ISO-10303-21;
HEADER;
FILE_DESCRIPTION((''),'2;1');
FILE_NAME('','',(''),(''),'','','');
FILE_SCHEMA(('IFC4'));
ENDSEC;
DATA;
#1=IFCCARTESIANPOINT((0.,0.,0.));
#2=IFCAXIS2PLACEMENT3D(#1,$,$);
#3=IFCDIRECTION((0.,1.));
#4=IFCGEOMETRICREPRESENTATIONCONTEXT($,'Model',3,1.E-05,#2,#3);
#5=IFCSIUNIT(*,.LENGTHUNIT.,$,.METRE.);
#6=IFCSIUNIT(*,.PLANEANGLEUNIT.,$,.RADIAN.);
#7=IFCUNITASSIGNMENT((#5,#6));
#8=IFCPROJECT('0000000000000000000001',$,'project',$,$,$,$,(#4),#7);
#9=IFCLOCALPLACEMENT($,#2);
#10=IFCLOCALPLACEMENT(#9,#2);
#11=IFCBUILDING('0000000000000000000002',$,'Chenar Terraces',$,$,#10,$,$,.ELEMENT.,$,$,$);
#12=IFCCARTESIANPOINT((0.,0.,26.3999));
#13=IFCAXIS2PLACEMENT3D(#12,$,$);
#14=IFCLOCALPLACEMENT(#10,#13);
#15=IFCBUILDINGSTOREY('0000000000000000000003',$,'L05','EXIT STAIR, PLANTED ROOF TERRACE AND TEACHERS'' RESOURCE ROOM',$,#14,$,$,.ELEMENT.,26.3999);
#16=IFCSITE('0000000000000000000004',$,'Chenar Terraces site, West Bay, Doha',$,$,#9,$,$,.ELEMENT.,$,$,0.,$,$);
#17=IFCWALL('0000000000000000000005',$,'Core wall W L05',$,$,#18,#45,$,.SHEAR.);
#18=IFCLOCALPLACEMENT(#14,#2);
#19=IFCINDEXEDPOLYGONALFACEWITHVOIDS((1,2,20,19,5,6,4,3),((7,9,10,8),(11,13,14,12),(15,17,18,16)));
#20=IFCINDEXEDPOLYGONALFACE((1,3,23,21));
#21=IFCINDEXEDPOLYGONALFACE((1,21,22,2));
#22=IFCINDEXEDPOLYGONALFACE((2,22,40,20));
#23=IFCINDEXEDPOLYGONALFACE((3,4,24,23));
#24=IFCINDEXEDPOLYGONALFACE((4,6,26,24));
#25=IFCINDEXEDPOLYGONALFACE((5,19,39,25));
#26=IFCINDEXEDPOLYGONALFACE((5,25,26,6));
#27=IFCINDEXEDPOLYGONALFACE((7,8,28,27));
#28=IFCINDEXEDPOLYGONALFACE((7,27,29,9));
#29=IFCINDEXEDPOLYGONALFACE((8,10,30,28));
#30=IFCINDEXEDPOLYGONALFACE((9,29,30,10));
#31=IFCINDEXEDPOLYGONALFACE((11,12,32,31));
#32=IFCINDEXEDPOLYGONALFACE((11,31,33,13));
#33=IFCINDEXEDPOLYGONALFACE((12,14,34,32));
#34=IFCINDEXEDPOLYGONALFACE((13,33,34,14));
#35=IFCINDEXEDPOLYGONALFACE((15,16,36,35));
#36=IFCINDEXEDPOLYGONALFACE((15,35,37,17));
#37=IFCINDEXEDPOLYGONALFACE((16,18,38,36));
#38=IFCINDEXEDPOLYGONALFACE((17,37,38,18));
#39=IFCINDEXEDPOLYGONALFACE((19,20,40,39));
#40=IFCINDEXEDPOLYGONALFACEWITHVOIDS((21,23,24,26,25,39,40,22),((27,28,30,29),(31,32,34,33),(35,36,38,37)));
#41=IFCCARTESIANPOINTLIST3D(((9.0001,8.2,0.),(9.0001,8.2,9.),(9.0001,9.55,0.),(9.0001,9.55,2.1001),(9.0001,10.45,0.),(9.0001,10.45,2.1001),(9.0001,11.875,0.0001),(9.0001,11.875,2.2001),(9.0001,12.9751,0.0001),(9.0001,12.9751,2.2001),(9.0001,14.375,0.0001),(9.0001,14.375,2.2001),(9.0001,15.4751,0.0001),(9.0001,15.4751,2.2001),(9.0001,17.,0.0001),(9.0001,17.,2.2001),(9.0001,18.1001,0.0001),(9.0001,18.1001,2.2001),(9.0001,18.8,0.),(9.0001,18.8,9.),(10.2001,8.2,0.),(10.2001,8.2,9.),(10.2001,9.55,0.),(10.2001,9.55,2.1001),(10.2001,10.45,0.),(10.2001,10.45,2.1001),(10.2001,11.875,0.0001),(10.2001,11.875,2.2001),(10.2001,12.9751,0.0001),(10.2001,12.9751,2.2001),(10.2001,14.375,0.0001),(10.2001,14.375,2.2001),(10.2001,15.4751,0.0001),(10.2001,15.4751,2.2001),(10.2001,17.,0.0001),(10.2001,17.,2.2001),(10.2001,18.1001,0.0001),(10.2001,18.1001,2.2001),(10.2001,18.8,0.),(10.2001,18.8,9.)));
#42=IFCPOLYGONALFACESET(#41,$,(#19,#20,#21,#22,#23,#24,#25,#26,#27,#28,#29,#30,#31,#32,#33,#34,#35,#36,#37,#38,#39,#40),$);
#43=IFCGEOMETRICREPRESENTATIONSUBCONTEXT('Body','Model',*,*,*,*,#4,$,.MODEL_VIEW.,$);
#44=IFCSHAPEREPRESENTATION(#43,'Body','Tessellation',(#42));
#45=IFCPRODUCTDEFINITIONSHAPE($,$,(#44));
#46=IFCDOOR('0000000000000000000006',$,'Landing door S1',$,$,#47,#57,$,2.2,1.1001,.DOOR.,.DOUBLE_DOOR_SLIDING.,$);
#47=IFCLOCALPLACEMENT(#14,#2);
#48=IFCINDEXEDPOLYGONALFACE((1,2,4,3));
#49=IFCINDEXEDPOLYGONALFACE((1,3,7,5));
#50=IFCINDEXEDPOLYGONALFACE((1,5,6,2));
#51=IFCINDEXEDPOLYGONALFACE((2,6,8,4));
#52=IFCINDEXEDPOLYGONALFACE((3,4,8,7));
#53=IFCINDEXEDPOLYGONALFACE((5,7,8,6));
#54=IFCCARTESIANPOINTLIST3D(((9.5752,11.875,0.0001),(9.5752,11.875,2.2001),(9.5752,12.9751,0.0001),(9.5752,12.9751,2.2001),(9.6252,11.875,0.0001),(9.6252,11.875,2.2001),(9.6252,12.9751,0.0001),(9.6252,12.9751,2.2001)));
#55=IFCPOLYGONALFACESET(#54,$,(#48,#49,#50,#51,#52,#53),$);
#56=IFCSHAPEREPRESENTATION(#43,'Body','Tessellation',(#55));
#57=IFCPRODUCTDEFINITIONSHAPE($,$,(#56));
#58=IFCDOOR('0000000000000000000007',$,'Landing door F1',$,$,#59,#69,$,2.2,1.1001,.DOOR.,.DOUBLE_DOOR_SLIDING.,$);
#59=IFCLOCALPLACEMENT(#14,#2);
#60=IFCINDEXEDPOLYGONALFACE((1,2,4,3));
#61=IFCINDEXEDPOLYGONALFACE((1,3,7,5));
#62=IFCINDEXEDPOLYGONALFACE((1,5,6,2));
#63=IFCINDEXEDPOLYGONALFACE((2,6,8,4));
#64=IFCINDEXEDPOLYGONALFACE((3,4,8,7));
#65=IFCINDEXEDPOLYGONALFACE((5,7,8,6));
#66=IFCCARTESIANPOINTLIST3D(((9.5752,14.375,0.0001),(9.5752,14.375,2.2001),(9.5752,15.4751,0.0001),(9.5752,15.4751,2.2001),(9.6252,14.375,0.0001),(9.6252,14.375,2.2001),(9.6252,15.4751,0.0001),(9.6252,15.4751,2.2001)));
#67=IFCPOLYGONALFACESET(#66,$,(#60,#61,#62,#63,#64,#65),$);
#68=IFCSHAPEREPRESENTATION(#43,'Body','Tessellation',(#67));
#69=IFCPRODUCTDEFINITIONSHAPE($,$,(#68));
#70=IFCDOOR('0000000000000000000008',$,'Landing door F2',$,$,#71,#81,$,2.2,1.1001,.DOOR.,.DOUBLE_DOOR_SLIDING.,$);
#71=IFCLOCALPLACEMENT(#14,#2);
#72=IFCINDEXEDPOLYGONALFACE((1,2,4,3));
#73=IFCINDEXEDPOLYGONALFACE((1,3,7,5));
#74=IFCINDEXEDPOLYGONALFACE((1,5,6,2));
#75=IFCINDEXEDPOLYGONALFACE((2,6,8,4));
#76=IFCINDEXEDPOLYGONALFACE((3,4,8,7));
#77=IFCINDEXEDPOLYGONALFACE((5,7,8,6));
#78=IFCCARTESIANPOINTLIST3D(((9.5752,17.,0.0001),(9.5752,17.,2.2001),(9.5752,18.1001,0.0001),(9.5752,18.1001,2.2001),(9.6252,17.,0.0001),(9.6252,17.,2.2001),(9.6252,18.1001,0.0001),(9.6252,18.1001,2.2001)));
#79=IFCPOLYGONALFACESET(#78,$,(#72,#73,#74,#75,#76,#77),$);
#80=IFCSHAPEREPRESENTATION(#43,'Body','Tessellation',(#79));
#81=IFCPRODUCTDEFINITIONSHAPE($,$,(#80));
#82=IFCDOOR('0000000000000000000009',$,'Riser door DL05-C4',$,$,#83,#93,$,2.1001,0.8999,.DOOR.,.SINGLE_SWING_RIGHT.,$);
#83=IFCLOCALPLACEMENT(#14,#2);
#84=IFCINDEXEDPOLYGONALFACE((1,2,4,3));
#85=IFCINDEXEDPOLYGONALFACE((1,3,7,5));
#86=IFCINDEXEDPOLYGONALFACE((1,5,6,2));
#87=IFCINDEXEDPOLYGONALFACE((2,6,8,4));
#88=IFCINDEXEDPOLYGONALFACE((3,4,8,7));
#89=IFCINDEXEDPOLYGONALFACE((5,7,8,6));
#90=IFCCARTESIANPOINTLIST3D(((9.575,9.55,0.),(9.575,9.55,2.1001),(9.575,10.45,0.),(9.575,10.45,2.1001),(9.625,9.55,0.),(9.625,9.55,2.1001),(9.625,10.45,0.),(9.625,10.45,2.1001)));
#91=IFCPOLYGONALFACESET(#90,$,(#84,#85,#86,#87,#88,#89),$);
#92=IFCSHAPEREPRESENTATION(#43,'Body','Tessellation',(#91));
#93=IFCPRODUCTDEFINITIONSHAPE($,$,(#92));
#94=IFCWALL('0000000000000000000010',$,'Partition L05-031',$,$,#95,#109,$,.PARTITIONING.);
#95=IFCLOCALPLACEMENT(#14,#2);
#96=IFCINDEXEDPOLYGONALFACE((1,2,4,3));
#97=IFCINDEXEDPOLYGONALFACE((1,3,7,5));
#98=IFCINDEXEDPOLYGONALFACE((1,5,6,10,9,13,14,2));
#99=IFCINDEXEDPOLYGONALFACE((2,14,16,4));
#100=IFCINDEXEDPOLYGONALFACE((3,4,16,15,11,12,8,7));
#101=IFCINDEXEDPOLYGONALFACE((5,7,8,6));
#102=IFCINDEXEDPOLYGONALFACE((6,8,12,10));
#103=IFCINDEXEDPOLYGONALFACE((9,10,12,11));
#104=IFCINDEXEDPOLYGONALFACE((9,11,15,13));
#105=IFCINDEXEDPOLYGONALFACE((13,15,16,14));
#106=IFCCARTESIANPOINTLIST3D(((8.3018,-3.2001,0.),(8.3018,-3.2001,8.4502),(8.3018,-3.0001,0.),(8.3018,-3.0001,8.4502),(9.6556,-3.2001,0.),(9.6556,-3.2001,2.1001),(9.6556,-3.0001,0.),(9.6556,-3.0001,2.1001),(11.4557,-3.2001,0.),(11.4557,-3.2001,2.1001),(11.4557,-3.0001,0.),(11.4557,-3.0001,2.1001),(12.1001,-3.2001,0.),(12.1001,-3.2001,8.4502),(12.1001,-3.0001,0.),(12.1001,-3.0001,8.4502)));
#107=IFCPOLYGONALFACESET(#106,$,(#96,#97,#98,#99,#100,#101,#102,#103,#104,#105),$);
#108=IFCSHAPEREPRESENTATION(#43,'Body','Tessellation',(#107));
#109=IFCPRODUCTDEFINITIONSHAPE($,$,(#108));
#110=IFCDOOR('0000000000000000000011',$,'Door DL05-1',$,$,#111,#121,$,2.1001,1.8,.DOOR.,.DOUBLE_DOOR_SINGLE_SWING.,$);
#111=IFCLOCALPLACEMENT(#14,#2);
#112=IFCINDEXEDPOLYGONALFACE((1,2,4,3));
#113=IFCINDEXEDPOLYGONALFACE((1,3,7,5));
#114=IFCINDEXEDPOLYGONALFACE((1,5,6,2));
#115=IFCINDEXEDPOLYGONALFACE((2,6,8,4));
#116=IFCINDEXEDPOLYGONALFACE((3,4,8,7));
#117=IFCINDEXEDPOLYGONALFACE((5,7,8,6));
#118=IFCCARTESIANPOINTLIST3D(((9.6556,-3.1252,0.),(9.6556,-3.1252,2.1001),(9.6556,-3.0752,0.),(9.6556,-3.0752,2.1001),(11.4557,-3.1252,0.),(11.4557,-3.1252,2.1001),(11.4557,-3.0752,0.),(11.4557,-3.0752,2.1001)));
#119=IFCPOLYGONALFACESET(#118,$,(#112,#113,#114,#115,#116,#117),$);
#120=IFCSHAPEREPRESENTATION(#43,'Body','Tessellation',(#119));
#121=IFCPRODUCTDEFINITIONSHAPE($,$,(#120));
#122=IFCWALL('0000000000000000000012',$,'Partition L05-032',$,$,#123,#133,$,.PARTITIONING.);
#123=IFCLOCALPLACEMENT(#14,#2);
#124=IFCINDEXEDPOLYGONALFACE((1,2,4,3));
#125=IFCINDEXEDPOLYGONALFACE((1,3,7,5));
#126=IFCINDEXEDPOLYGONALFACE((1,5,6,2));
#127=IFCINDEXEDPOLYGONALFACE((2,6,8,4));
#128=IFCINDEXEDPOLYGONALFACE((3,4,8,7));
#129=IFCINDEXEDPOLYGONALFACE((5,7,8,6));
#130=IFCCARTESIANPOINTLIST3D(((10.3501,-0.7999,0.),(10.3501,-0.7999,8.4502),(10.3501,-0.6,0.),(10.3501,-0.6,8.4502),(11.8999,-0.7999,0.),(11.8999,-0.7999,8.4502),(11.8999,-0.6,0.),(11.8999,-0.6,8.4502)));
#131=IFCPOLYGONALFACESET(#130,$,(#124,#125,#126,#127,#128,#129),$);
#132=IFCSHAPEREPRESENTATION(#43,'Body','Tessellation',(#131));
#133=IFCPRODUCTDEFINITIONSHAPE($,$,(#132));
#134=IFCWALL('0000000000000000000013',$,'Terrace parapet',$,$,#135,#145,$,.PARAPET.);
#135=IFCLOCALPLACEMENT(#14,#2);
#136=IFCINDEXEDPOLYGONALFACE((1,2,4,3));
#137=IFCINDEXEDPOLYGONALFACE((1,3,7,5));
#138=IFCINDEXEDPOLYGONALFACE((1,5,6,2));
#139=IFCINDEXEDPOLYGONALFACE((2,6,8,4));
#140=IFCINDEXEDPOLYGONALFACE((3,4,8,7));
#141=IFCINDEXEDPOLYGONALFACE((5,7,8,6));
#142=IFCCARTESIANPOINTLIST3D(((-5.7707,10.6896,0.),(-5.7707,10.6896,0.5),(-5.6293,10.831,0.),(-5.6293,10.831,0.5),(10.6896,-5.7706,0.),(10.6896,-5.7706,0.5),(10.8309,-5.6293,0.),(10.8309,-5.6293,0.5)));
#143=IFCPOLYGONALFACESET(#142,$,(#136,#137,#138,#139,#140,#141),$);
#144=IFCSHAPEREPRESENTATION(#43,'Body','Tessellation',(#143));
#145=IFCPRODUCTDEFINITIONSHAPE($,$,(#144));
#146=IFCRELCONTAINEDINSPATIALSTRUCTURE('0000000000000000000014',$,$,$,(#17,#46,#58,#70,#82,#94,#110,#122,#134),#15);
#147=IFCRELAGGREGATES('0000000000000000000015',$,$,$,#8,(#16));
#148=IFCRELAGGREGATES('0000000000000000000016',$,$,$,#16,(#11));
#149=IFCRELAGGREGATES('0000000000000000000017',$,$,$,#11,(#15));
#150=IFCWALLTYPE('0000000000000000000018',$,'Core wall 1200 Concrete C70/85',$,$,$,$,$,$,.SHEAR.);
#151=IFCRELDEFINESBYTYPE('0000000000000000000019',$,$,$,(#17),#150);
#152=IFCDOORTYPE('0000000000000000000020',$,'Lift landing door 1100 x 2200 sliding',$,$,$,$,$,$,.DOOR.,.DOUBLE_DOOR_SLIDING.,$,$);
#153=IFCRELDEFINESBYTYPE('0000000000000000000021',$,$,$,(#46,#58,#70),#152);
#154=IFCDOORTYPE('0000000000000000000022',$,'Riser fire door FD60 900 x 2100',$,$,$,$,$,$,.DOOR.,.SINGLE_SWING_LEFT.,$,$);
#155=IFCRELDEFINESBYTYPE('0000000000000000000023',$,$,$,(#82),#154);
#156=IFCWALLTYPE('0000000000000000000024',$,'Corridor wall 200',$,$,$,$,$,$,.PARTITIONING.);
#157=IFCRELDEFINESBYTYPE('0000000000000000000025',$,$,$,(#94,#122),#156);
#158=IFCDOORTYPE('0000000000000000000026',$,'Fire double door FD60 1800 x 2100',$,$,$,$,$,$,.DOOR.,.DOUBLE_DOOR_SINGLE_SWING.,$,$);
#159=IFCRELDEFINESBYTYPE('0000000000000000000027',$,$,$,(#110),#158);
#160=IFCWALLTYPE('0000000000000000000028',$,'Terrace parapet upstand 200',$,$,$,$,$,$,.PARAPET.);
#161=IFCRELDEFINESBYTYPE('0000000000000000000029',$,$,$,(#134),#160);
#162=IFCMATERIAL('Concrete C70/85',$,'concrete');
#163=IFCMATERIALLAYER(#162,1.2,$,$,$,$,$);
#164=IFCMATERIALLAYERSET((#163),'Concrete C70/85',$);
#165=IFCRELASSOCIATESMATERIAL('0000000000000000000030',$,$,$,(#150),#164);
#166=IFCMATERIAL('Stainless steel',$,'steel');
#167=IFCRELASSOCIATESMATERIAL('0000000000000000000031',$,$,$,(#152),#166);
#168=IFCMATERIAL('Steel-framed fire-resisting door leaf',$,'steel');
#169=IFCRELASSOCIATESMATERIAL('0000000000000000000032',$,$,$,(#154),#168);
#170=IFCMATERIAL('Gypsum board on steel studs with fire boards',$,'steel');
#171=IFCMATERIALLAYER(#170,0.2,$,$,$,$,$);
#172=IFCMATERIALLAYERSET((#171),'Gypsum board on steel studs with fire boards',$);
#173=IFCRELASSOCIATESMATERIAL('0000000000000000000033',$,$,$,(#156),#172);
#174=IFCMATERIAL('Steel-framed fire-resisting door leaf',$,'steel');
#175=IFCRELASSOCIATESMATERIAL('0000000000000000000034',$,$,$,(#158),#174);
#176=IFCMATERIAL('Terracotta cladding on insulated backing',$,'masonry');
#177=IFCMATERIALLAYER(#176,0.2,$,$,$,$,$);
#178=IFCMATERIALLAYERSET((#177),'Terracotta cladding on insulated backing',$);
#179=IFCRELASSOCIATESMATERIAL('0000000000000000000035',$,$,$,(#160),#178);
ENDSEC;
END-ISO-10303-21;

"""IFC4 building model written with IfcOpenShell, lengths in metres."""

from ifc_helpers import new_model, si_unit, direction, frame, frame_2d, origin, place, context, subcontext, project, spatial, rectangle, extrude, material, layer, layer_set, type_object, element, fill, save


model = new_model("IFC4")

# Units and contexts
model_context = context("Model", 3, precision=1e-05, world=origin(), true_north=direction((0.0, 1.0)))
body_context = subcontext(model_context, "Body", "Model", "MODEL_VIEW")
ifc_project = project(units=[si_unit("LENGTHUNIT", "METRE"), si_unit("PLANEANGLEUNIT", "RADIAN")], contexts=[model_context])

# Site, building, storey
site_placement = place(None, origin())
site = spatial("IfcSite", under=ifc_project, at=site_placement, Name="Chenar Terraces site, West Bay, Doha", CompositionType="ELEMENT", RefElevation=0.0)
building_placement = place(site_placement, origin())
building = spatial("IfcBuilding", under=site, at=building_placement, Name="Chenar Terraces", CompositionType="ELEMENT")
storey_placement = place(building_placement, frame((0.0, 0.0, 26.3999)))
storey = spatial("IfcBuildingStorey", under=building, at=storey_placement, Name="L05", Description="EXIT STAIR, PLANTED ROOF TERRACE AND TEACHERS' RESOURCE ROOM", CompositionType="ELEMENT", Elevation=26.3999)

# Shared definitions
ifc_material_1 = material(Name="Concrete C70/85", Category="concrete")
ifc_layer_1 = layer(ifc_material_1, 1.2)
ifc_layer_set_1 = layer_set([ifc_layer_1], Name="Concrete C70/85")
wall_type_1 = type_object("IfcWallType", Name="Core wall 1200 Concrete C70/85", PredefinedType="SHEAR", material=ifc_layer_set_1)

# Wall, openings, doors
wall_1_placement = place(storey_placement, frame((9.6001, 8.2, 0.0), z_axis=(0.0, 0.0, 1.0), x_axis=(0.0, 1.0, 0.0)))
wall_1 = element("IfcWall", 1, at=wall_1_placement, inside=storey, type_object=wall_type_1, Name="Core wall W L05", PredefinedType="SHEAR", context=body_context, shape_type="SweptSolid", body=[
    extrude(rectangle(XDim=10.6001, YDim=1.2, at=frame_2d((5.3, 0.0))), origin(), (0.0, 0.0, 1.0), 9.0),
])
opening_1_placement = place(wall_1_placement, frame((3.675, 0.0, 0.0)))
opening_1 = element("IfcOpeningElement", 2, at=opening_1_placement, cuts=wall_1, PredefinedType="OPENING", context=body_context, shape_type="SweptSolid", body=[
    extrude(rectangle(XDim=1.1001, YDim=2.2, at=frame_2d((0.55, 1.1001))), frame((0.0, 0.6099, 0.0), z_axis=(0.0, -1.0, 0.0), x_axis=(1.0, 0.0, 0.0)), (0.0, 0.0, 1.0), 1.22),
])
opening_2_placement = place(wall_1_placement, frame((6.175, 0.0, 0.0)))
opening_2 = element("IfcOpeningElement", 3, at=opening_2_placement, cuts=wall_1, PredefinedType="OPENING", context=body_context, shape_type="SweptSolid", body=[
    extrude(rectangle(XDim=1.1001, YDim=2.2, at=frame_2d((0.55, 1.1001))), frame((0.0, 0.6099, 0.0), z_axis=(0.0, -1.0, 0.0), x_axis=(1.0, 0.0, 0.0)), (0.0, 0.0, 1.0), 1.22),
])
opening_3_placement = place(wall_1_placement, frame((8.8, 0.0, 0.0)))
opening_3 = element("IfcOpeningElement", 4, at=opening_3_placement, cuts=wall_1, PredefinedType="OPENING", context=body_context, shape_type="SweptSolid", body=[
    extrude(rectangle(XDim=1.1001, YDim=2.2, at=frame_2d((0.55, 1.1001))), frame((0.0, 0.6099, 0.0), z_axis=(0.0, -1.0, 0.0), x_axis=(1.0, 0.0, 0.0)), (0.0, 0.0, 1.0), 1.22),
])
opening_4_placement = place(wall_1_placement, frame((1.3501, 0.0, 0.0)))
opening_4 = element("IfcOpeningElement", 5, at=opening_4_placement, cuts=wall_1, PredefinedType="OPENING", context=body_context, shape_type="SweptSolid", body=[
    extrude(rectangle(XDim=0.8999, YDim=2.1001, at=frame_2d((0.45, 1.05))), frame((0.0, 0.6099, 0.0), z_axis=(0.0, -1.0, 0.0), x_axis=(1.0, 0.0, 0.0)), (0.0, 0.0, 1.0), 1.22),
])
ifc_material_2 = material(Name="Stainless steel", Category="steel")
door_type_1 = type_object("IfcDoorType", Name="Lift landing door 1100 x 2200 sliding", OperationType="DOUBLE_DOOR_SLIDING", PredefinedType="DOOR", material=ifc_material_2)
door_1_placement = place(opening_1_placement, origin())
door_1 = element("IfcDoor", 6, at=door_1_placement, inside=storey, type_object=door_type_1, Name="Landing door S1", OperationType="DOUBLE_DOOR_SLIDING", OverallHeight=2.2, OverallWidth=1.1001, PredefinedType="DOOR", context=body_context, shape_type="SweptSolid", body=[
    extrude(rectangle(XDim=1.1001, YDim=2.2, at=frame_2d((0.55, 1.1001))), frame((0.0, 0.0249, 0.0), z_axis=(0.0, -1.0, 0.0), x_axis=(1.0, 0.0, 0.0)), (0.0, 0.0, 1.0), 0.05),
])
fill(opening_1, door_1)
door_2_placement = place(opening_2_placement, origin())
door_2 = element("IfcDoor", 7, at=door_2_placement, inside=storey, type_object=door_type_1, Name="Landing door F1", OperationType="DOUBLE_DOOR_SLIDING", OverallHeight=2.2, OverallWidth=1.1001, PredefinedType="DOOR", context=body_context, shape_type="SweptSolid", body=[
    extrude(rectangle(XDim=1.1001, YDim=2.2, at=frame_2d((0.55, 1.1001))), frame((0.0, 0.0249, 0.0), z_axis=(0.0, -1.0, 0.0), x_axis=(1.0, 0.0, 0.0)), (0.0, 0.0, 1.0), 0.05),
])
fill(opening_2, door_2)
door_3_placement = place(opening_3_placement, origin())
door_3 = element("IfcDoor", 8, at=door_3_placement, inside=storey, type_object=door_type_1, Name="Landing door F2", OperationType="DOUBLE_DOOR_SLIDING", OverallHeight=2.2, OverallWidth=1.1001, PredefinedType="DOOR", context=body_context, shape_type="SweptSolid", body=[
    extrude(rectangle(XDim=1.1001, YDim=2.2, at=frame_2d((0.55, 1.1001))), frame((0.0, 0.0249, 0.0), z_axis=(0.0, -1.0, 0.0), x_axis=(1.0, 0.0, 0.0)), (0.0, 0.0, 1.0), 0.05),
])
fill(opening_3, door_3)
ifc_material_3 = material(Name="Steel-framed fire-resisting door leaf", Category="steel")
door_type_2 = type_object("IfcDoorType", Name="Riser fire door FD60 900 x 2100", OperationType="SINGLE_SWING_LEFT", PredefinedType="DOOR", material=ifc_material_3)
door_4_placement = place(opening_4_placement, frame((0.8999, 0.0, 0.0), z_axis=(0.0, 0.0, 1.0), x_axis=(-1.0, 0.0, 0.0)))
door_4 = element("IfcDoor", 9, at=door_4_placement, inside=storey, type_object=door_type_2, Name="Riser door DL05-C4", OperationType="SINGLE_SWING_RIGHT", OverallHeight=2.1001, OverallWidth=0.8999, PredefinedType="DOOR", context=body_context, shape_type="SweptSolid", body=[
    extrude(rectangle(XDim=0.8999, YDim=2.1001, at=frame_2d((0.45, 1.05))), frame((0.0, 0.0249, 0.0), z_axis=(0.0, -1.0, 0.0), x_axis=(1.0, 0.0, 0.0)), (0.0, 0.0, 1.0), 0.05),
])
fill(opening_4, door_4)

# Wall, opening, door
ifc_material_4 = material(Name="Gypsum board on steel studs with fire boards", Category="steel")
ifc_layer_2 = layer(ifc_material_4, 0.2)
ifc_layer_set_2 = layer_set([ifc_layer_2], Name="Gypsum board on steel studs with fire boards")
wall_type_2 = type_object("IfcWallType", Name="Corridor wall 200", PredefinedType="PARTITIONING", material=ifc_layer_set_2)
wall_2_placement = place(storey_placement, frame((8.3018, -3.1001, 0.0), z_axis=(0.0, 0.0, 1.0), x_axis=(1.0, 0.0, 0.0)))
wall_2 = element("IfcWall", 10, at=wall_2_placement, inside=storey, type_object=wall_type_2, Name="Partition L05-031", PredefinedType="PARTITIONING", context=body_context, shape_type="SweptSolid", body=[
    extrude(rectangle(XDim=3.7983, YDim=0.2, at=frame_2d((1.8992, 0.0))), origin(), (0.0, 0.0, 1.0), 8.4502),
])
opening_5_placement = place(wall_2_placement, frame((1.354, 0.0, 0.0)))
opening_5 = element("IfcOpeningElement", 11, at=opening_5_placement, cuts=wall_2, PredefinedType="OPENING", context=body_context, shape_type="SweptSolid", body=[
    extrude(rectangle(XDim=1.8, YDim=2.1001, at=frame_2d((0.8999, 1.05))), frame((0.0, 0.1099, 0.0), z_axis=(0.0, -1.0, 0.0), x_axis=(1.0, 0.0, 0.0)), (0.0, 0.0, 1.0), 0.22),
])
ifc_material_5 = material(Name="Steel-framed fire-resisting door leaf", Category="steel")
door_type_3 = type_object("IfcDoorType", Name="Fire double door FD60 1800 x 2100", OperationType="DOUBLE_DOOR_SINGLE_SWING", PredefinedType="DOOR", material=ifc_material_5)
door_5_placement = place(opening_5_placement, origin())
door_5 = element("IfcDoor", 12, at=door_5_placement, inside=storey, type_object=door_type_3, Name="Door DL05-1", OperationType="DOUBLE_DOOR_SINGLE_SWING", OverallHeight=2.1001, OverallWidth=1.8, PredefinedType="DOOR", context=body_context, shape_type="SweptSolid", body=[
    extrude(rectangle(XDim=1.8, YDim=2.1001, at=frame_2d((0.8999, 1.05))), frame((0.0, 0.0249, 0.0), z_axis=(0.0, -1.0, 0.0), x_axis=(1.0, 0.0, 0.0)), (0.0, 0.0, 1.0), 0.05),
])
fill(opening_5, door_5)

# Walls
wall_3_placement = place(storey_placement, frame((10.3501, -0.7, 0.0), z_axis=(0.0, 0.0, 1.0), x_axis=(1.0, 0.0, 0.0)))
element("IfcWall", 13, at=wall_3_placement, inside=storey, type_object=wall_type_2, Name="Partition L05-032", PredefinedType="PARTITIONING", context=body_context, shape_type="SweptSolid", body=[
    extrude(rectangle(XDim=1.5498, YDim=0.2, at=frame_2d((0.7749, 0.0))), origin(), (0.0, 0.0, 1.0), 8.4502),
])
ifc_material_6 = material(Name="Terracotta cladding on insulated backing", Category="masonry")
ifc_layer_3 = layer(ifc_material_6, 0.2)
ifc_layer_set_3 = layer_set([ifc_layer_3], Name="Terracotta cladding on insulated backing")
wall_type_3 = type_object("IfcWallType", Name="Terrace parapet upstand 200", PredefinedType="PARAPET", material=ifc_layer_set_3)
wall_4_placement = place(storey_placement, frame((10.7603, -5.7, 0.0), z_axis=(0.0, 0.0, 1.0), x_axis=(-0.707107, 0.707107, 0.0)))
element("IfcWall", 14, at=wall_4_placement, inside=storey, type_object=wall_type_3, Name="Terrace parapet", PredefinedType="PARAPET", context=body_context, shape_type="SweptSolid", body=[
    extrude(rectangle(XDim=23.2783, YDim=0.2, at=frame_2d((11.6392, 0.0))), origin(), (0.0, 0.0, 1.0), 0.5),
])

save(model, "model.ifc")
